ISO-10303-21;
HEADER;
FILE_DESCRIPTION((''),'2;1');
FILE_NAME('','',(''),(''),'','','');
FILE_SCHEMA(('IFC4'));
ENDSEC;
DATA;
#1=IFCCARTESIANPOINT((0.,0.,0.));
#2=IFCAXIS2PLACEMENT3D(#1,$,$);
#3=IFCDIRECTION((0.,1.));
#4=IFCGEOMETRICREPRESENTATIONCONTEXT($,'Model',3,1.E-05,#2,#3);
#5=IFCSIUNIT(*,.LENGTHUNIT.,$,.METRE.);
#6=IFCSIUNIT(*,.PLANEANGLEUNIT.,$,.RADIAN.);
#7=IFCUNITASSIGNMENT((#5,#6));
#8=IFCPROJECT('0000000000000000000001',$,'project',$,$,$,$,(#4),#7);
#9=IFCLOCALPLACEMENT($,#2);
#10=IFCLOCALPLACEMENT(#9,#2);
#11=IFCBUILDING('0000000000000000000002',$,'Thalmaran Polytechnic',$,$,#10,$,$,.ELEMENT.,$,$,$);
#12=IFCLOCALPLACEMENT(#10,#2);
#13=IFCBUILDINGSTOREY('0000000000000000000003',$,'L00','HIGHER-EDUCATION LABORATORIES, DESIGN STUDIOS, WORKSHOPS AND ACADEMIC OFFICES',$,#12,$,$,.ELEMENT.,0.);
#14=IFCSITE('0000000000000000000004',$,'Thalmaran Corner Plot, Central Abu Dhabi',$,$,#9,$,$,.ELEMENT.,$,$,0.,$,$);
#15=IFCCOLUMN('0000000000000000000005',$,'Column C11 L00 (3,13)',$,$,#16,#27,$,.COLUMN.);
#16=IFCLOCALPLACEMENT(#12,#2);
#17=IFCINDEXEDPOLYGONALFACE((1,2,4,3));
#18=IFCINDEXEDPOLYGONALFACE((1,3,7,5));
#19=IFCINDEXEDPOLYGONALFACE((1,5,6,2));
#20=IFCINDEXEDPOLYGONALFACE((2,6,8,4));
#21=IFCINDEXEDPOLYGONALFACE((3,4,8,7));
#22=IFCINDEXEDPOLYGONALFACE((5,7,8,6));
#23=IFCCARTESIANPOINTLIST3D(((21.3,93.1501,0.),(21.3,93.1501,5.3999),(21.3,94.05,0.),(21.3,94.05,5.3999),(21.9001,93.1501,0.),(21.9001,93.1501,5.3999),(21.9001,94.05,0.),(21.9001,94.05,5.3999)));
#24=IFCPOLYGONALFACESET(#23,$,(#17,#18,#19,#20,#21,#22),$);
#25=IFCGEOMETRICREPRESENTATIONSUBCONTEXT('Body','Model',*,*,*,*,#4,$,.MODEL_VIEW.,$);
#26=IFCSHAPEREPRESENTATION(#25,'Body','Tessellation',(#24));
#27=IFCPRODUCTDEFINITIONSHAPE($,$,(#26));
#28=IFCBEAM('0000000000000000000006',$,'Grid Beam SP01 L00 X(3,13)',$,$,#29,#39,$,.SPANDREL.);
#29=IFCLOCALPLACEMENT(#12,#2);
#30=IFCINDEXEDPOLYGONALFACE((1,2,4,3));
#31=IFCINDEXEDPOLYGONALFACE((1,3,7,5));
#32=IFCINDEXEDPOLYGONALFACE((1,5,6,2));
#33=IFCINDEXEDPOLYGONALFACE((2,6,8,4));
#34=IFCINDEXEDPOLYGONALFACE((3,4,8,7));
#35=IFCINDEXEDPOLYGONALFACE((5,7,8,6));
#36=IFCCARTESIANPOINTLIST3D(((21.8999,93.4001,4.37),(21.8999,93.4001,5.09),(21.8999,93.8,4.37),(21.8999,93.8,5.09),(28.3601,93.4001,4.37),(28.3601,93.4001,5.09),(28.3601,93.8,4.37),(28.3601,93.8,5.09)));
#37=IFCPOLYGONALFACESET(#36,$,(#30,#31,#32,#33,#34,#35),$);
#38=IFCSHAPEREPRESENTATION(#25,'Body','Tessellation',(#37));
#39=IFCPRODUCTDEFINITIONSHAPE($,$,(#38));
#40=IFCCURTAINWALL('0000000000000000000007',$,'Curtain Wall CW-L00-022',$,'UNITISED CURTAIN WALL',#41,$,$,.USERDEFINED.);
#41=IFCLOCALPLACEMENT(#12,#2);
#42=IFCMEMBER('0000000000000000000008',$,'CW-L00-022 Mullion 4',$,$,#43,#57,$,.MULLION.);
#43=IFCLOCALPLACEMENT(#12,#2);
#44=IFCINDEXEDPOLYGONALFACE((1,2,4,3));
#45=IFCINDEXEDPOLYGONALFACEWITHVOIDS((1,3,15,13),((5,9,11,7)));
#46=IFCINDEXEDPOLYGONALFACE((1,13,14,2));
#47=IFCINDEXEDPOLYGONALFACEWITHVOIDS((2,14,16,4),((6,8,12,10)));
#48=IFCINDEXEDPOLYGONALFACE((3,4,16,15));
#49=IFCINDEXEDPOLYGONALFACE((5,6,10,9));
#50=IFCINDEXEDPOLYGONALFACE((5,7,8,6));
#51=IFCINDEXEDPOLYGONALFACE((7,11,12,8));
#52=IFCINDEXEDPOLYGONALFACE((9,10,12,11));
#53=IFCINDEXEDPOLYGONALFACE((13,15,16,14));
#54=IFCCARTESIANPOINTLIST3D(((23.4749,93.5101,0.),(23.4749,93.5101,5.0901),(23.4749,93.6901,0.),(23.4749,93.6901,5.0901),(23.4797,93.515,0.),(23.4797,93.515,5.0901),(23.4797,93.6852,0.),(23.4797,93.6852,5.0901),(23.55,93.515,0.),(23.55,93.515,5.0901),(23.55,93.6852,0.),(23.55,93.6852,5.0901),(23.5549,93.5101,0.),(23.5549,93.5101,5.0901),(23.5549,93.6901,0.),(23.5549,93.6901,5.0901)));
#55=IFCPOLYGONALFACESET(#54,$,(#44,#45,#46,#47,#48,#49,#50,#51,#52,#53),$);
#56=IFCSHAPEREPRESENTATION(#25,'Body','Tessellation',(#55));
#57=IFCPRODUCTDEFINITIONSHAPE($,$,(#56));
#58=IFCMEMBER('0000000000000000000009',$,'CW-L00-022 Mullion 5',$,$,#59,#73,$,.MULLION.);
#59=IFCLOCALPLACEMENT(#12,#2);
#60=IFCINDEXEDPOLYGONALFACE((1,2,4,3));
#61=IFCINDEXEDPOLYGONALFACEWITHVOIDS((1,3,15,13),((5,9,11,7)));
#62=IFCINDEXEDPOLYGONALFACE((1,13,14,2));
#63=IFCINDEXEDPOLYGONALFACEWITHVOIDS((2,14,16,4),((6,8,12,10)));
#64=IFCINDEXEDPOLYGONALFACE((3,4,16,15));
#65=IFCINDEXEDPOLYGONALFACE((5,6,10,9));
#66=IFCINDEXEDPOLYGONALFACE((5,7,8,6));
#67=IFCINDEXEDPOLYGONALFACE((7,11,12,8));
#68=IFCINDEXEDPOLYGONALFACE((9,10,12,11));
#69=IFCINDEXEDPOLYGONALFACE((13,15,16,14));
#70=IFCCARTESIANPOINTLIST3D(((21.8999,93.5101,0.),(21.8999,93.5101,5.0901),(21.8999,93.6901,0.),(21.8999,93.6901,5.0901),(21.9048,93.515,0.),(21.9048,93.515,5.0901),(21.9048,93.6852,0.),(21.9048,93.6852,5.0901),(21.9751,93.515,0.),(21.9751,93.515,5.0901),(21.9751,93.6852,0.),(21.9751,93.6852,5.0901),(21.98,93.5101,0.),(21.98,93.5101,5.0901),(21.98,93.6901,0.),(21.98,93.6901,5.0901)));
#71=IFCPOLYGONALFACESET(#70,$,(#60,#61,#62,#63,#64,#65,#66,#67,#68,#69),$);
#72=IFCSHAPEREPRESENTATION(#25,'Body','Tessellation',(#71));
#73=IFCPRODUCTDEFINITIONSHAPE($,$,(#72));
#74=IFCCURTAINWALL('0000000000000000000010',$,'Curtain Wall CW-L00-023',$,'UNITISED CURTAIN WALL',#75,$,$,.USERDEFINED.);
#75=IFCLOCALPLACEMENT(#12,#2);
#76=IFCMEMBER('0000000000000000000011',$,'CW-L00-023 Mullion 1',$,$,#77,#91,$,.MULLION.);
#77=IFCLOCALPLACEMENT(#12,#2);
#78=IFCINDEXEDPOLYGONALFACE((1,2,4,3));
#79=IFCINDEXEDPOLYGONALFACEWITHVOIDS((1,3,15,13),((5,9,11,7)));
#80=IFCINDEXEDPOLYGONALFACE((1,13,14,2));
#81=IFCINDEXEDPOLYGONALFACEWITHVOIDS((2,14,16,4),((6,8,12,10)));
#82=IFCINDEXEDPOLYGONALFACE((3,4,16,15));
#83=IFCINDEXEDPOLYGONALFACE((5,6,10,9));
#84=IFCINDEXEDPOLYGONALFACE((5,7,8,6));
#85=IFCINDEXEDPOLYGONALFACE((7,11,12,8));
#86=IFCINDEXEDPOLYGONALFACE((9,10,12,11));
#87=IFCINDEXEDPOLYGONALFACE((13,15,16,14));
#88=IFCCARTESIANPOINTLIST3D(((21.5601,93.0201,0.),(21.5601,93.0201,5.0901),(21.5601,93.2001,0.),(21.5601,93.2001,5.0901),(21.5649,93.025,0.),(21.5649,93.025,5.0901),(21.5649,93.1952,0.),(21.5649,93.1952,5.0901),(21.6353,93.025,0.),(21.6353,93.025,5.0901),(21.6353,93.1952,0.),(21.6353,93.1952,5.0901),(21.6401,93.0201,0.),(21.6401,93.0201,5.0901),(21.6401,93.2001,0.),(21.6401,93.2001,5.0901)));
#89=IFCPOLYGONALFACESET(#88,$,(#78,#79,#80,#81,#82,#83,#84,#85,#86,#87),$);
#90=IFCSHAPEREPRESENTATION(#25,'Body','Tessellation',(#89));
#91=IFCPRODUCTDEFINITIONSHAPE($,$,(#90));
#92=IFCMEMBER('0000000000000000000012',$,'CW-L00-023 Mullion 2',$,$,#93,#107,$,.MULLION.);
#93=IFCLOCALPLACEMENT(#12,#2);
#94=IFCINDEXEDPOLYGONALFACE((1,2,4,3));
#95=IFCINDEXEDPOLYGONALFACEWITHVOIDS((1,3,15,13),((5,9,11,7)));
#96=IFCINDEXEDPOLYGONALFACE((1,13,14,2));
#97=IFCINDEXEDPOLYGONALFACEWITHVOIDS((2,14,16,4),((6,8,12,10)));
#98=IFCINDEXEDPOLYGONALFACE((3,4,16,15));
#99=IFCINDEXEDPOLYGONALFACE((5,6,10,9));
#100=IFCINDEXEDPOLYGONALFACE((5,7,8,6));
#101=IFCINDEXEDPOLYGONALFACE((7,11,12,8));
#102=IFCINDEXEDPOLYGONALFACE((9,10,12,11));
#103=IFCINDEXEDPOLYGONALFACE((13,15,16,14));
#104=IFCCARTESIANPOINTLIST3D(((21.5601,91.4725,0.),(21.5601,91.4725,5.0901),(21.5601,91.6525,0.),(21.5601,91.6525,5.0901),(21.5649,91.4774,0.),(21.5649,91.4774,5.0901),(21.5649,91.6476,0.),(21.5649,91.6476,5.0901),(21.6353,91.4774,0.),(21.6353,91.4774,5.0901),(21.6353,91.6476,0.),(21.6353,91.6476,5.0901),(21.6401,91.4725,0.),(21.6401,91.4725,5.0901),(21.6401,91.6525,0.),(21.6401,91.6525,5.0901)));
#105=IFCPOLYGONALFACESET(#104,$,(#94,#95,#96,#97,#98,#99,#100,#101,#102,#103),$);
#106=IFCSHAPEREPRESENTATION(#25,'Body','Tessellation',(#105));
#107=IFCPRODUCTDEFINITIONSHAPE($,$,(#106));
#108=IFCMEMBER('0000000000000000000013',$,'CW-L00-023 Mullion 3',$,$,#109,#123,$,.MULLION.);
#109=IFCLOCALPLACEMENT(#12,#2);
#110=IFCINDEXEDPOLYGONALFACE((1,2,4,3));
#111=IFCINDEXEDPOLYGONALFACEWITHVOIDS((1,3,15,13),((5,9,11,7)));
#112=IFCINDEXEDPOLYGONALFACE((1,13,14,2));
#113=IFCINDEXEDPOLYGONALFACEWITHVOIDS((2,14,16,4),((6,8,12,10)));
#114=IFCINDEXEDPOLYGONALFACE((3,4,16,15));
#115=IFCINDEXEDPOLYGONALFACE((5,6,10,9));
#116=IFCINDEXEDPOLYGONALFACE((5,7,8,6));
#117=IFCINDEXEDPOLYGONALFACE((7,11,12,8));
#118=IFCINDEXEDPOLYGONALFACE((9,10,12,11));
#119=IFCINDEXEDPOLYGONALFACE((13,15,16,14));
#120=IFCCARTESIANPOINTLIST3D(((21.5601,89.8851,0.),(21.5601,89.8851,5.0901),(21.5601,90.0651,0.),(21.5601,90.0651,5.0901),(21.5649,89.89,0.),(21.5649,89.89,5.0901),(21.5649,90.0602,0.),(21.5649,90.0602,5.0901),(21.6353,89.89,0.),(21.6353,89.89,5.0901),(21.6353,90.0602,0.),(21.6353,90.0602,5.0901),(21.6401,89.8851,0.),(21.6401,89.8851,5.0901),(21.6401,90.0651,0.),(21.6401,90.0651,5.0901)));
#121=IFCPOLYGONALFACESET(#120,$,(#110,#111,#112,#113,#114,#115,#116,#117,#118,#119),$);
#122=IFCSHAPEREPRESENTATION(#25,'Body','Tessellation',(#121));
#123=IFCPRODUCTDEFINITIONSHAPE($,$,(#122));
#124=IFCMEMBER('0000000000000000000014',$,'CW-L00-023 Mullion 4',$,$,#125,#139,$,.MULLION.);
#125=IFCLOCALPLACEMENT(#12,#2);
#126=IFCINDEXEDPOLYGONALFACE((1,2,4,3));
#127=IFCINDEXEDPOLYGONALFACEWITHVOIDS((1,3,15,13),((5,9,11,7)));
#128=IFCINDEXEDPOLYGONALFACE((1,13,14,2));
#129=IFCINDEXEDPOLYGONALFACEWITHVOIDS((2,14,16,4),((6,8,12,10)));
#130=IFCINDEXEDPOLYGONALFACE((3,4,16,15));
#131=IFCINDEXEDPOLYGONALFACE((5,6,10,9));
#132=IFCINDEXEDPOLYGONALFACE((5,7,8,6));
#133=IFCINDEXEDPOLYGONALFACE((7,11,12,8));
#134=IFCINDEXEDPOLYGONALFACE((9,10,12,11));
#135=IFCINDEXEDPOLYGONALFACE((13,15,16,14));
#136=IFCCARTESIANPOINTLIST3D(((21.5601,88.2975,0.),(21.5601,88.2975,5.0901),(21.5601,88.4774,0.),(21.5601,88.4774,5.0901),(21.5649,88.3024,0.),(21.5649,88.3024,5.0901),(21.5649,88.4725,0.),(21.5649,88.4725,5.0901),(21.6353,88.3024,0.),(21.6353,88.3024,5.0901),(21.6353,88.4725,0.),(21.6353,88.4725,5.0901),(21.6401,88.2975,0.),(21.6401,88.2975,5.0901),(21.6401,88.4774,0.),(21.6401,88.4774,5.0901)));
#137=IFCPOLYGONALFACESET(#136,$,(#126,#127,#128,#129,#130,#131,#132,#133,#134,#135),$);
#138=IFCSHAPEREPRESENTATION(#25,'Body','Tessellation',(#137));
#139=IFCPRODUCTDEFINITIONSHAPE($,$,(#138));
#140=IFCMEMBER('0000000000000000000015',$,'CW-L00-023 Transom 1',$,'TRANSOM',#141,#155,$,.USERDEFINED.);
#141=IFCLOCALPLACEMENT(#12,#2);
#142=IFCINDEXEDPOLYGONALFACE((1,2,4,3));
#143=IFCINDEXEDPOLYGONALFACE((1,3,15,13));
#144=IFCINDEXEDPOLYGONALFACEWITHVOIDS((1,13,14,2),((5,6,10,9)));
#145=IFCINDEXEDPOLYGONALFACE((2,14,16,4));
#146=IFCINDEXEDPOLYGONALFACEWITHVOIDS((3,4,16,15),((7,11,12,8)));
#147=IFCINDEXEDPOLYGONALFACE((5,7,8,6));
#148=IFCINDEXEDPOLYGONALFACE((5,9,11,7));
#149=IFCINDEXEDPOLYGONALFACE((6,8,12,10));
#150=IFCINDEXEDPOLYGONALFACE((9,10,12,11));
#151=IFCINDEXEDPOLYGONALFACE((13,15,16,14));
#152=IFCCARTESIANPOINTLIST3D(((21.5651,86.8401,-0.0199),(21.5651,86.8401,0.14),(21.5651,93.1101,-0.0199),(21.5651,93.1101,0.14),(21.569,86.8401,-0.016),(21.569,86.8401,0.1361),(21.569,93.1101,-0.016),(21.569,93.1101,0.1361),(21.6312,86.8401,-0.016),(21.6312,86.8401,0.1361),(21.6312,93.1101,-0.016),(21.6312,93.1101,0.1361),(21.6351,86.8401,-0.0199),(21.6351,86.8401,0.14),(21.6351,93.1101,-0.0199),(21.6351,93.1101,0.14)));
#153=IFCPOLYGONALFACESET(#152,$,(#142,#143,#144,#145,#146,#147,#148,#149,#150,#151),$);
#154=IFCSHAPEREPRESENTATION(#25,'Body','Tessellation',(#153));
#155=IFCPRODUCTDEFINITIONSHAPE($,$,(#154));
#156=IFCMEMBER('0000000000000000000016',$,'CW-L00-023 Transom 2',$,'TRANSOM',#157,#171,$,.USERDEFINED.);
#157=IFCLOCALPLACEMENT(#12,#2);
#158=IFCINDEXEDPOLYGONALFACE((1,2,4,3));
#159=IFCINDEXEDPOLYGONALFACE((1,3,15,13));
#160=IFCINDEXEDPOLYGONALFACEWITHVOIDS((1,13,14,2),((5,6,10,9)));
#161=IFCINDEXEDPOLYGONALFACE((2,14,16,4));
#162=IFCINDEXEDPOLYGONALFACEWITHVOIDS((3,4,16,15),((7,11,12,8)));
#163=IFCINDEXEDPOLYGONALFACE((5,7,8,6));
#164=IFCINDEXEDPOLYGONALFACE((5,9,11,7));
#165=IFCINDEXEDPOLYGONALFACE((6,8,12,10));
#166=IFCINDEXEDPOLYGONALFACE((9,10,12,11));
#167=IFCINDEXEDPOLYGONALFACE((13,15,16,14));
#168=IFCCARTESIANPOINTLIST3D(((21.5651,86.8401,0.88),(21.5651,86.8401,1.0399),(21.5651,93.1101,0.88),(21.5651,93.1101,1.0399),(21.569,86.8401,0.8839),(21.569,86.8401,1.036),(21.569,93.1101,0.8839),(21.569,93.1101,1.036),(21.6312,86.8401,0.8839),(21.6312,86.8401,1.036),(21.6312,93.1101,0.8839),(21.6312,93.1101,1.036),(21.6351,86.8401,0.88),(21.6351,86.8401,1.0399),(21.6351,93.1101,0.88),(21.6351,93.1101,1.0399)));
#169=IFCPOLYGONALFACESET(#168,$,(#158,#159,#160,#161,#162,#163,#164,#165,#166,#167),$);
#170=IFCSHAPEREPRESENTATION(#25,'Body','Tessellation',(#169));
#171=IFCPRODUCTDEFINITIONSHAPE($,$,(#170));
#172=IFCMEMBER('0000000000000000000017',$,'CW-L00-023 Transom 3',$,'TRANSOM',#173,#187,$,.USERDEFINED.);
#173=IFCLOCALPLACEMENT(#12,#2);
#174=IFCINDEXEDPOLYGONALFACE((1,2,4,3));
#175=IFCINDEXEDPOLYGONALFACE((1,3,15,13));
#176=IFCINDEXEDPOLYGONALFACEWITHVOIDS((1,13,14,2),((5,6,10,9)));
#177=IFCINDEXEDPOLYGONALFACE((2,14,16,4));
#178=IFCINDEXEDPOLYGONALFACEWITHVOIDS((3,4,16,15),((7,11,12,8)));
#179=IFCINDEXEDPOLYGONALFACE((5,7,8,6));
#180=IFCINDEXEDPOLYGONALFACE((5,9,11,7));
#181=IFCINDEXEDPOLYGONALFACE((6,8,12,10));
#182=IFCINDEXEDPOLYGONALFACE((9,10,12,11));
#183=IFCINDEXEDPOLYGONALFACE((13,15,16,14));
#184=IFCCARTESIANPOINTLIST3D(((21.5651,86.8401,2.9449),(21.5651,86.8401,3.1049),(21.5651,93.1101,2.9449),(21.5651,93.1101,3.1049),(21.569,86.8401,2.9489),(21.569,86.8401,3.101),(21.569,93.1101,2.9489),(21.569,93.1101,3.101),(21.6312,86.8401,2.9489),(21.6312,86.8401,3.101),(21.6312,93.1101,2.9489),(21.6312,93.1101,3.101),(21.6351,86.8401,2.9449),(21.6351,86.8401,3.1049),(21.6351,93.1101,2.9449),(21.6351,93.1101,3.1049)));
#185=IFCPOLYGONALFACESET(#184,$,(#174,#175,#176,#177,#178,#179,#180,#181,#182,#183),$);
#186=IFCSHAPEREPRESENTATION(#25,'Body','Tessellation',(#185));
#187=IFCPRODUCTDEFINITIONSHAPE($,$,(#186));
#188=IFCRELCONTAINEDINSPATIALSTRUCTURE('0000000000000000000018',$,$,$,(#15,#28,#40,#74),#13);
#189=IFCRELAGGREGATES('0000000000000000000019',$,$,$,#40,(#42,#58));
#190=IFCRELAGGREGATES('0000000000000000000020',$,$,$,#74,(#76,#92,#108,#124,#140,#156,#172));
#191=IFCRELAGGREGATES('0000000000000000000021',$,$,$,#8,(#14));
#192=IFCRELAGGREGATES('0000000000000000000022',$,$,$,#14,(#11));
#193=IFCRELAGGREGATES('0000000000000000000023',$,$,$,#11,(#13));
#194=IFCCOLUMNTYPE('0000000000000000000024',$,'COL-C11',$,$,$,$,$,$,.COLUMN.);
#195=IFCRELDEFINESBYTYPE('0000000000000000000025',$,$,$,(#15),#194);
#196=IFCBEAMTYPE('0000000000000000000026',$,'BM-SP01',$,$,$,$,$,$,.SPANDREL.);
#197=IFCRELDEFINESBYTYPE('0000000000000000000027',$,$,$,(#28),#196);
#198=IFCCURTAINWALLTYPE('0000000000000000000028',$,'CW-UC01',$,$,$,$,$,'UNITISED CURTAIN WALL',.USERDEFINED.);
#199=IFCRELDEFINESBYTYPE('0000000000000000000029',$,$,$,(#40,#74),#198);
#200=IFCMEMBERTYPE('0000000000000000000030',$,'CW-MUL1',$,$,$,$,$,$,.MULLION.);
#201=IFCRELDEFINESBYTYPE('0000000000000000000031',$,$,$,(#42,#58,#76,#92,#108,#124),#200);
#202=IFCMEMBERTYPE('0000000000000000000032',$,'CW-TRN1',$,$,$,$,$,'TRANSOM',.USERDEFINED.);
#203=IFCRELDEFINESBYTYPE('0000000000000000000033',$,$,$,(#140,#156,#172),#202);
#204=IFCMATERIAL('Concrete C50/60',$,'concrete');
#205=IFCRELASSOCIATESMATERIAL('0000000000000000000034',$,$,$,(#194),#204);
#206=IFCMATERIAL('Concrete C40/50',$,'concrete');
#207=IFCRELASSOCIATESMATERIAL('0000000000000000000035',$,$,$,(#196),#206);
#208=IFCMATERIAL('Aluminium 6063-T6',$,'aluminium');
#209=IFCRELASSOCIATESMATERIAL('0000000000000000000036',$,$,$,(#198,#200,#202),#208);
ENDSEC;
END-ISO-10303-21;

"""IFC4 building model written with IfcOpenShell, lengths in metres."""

from ifc_helpers import new_model, si_unit, direction, frame, origin, origin_2d, place, context, subcontext, project, spatial, rectangle, hollow_rectangle, extrude, material, material_profile, profile_set, type_object, element, aggregate, save


model = new_model("IFC4")

# Units and contexts
model_context = context("Model", 3, precision=1e-05, world=origin(), true_north=direction((0.0, 1.0)))
body_context = subcontext(model_context, "Body", "Model", "MODEL_VIEW")
ifc_project = project(units=[si_unit("LENGTHUNIT", "METRE"), si_unit("PLANEANGLEUNIT", "RADIAN")], contexts=[model_context])

# Site, building, storey
site_placement = place(None, origin())
site = spatial("IfcSite", under=ifc_project, at=site_placement, Name="Thalmaran Corner Plot, Central Abu Dhabi", CompositionType="ELEMENT", RefElevation=0.0)
building_placement = place(site_placement, origin())
building = spatial("IfcBuilding", under=site, at=building_placement, Name="Thalmaran Polytechnic", CompositionType="ELEMENT")
storey_placement = place(building_placement, origin())
storey = spatial("IfcBuildingStorey", under=building, at=storey_placement, Name="L00", Description="HIGHER-EDUCATION LABORATORIES, DESIGN STUDIOS, WORKSHOPS AND ACADEMIC OFFICES", CompositionType="ELEMENT", Elevation=0.0)

# Column
ifc_material_1 = material(Name="Concrete C50/60", Category="concrete")
ifc_material_profile_1 = material_profile(ifc_material_1, rectangle(XDim=0.6001, YDim=0.8999, at=origin_2d()), Name="RC 600x900")
ifc_profile_set_1 = profile_set([ifc_material_profile_1], Name="Concrete C50/60")
column_type = type_object("IfcColumnType", Name="COL-C11", PredefinedType="COLUMN", material=ifc_profile_set_1)
column_placement = place(storey_placement, frame((21.6001, 93.6001, 0.0), z_axis=(0.0, 0.0, 1.0), x_axis=(1.0, 0.0, 0.0)))
element("IfcColumn", 1, at=column_placement, inside=storey, type_object=column_type, Name="Column C11 L00 (3,13)", PredefinedType="COLUMN", context=body_context, shape_type="SweptSolid", body=[
    extrude(rectangle(XDim=0.6001, YDim=0.8999, at=origin_2d()), origin(), (0.0, 0.0, 1.0), 5.3999),
])

# Beam
ifc_material_2 = material(Name="Concrete C40/50", Category="concrete")
ifc_material_profile_2 = material_profile(ifc_material_2, rectangle(XDim=0.3999, YDim=0.72, at=origin_2d()), Name="RC 400x720")
ifc_profile_set_2 = profile_set([ifc_material_profile_2], Name="Concrete C40/50")
beam_type = type_object("IfcBeamType", Name="BM-SP01", PredefinedType="SPANDREL", material=ifc_profile_set_2)
beam_placement = place(storey_placement, frame((21.8999, 93.6001, 4.73), z_axis=(1.0, 0.0, 0.0), x_axis=(0.0, 1.0, 0.0)))
element("IfcBeam", 2, at=beam_placement, inside=storey, type_object=beam_type, Name="Grid Beam SP01 L00 X(3,13)", PredefinedType="SPANDREL", context=body_context, shape_type="SweptSolid", body=[
    extrude(rectangle(XDim=0.3999, YDim=0.72, at=origin_2d()), origin(), (0.0, 0.0, 1.0), 6.4602),
])

# Curtain walls, members
ifc_material_3 = material(Name="Aluminium 6063-T6", Category="aluminium")
curtain_wall_type = type_object("IfcCurtainWallType", Name="CW-UC01", ElementType="UNITISED CURTAIN WALL", PredefinedType="USERDEFINED", material=ifc_material_3)
curtain_wall_1_placement = place(storey_placement, origin())
curtain_wall_1 = element("IfcCurtainWall", 3, at=curtain_wall_1_placement, inside=storey, type_object=curtain_wall_type, Name="Curtain Wall CW-L00-022", ObjectType="UNITISED CURTAIN WALL", PredefinedType="USERDEFINED")
ifc_material_profile_3 = material_profile(ifc_material_3, hollow_rectangle(XDim=0.0801, YDim=0.1799, WallThickness=0.0049, at=origin_2d()), Name="RHS 180x80x5.0")
ifc_profile_set_3 = profile_set([ifc_material_profile_3], Name="Aluminium 6063-T6")
member_type_1 = type_object("IfcMemberType", Name="CW-MUL1", PredefinedType="MULLION", material=ifc_profile_set_3)
member_1_placement = place(storey_placement, frame((23.5149, 93.6001, 0.0), z_axis=(0.0, 0.0, 1.0), x_axis=(1.0, 0.0, 0.0)))
member_1 = element("IfcMember", 4, at=member_1_placement, type_object=member_type_1, Name="CW-L00-022 Mullion 4", PredefinedType="MULLION", context=body_context, shape_type="SweptSolid", body=[
    extrude(hollow_rectangle(XDim=0.0801, YDim=0.1799, WallThickness=0.0049, at=origin_2d()), origin(), (0.0, 0.0, 1.0), 5.0901),
])
member_2_placement = place(storey_placement, frame((21.9399, 93.6001, 0.0), z_axis=(0.0, 0.0, 1.0), x_axis=(1.0, 0.0, 0.0)))
member_2 = element("IfcMember", 5, at=member_2_placement, type_object=member_type_1, Name="CW-L00-022 Mullion 5", PredefinedType="MULLION", context=body_context, shape_type="SweptSolid", body=[
    extrude(hollow_rectangle(XDim=0.0801, YDim=0.1799, WallThickness=0.0049, at=origin_2d()), origin(), (0.0, 0.0, 1.0), 5.0901),
])
curtain_wall_2_placement = place(storey_placement, origin())
curtain_wall_2 = element("IfcCurtainWall", 6, at=curtain_wall_2_placement, inside=storey, type_object=curtain_wall_type, Name="Curtain Wall CW-L00-023", ObjectType="UNITISED CURTAIN WALL", PredefinedType="USERDEFINED")
member_3_placement = place(storey_placement, frame((21.6001, 93.1101, 0.0), z_axis=(0.0, 0.0, 1.0), x_axis=(1.0, 0.0, 0.0)))
member_3 = element("IfcMember", 7, at=member_3_placement, type_object=member_type_1, Name="CW-L00-023 Mullion 1", PredefinedType="MULLION", context=body_context, shape_type="SweptSolid", body=[
    extrude(hollow_rectangle(XDim=0.0801, YDim=0.1799, WallThickness=0.0049, at=origin_2d()), origin(), (0.0, 0.0, 1.0), 5.0901),
])
member_4_placement = place(storey_placement, frame((21.6001, 91.5625, 0.0), z_axis=(0.0, 0.0, 1.0), x_axis=(1.0, 0.0, 0.0)))
member_4 = element("IfcMember", 8, at=member_4_placement, type_object=member_type_1, Name="CW-L00-023 Mullion 2", PredefinedType="MULLION", context=body_context, shape_type="SweptSolid", body=[
    extrude(hollow_rectangle(XDim=0.0801, YDim=0.1799, WallThickness=0.0049, at=origin_2d()), origin(), (0.0, 0.0, 1.0), 5.0901),
])
member_5_placement = place(storey_placement, frame((21.6001, 89.9751, 0.0), z_axis=(0.0, 0.0, 1.0), x_axis=(1.0, 0.0, 0.0)))
member_5 = element("IfcMember", 9, at=member_5_placement, type_object=member_type_1, Name="CW-L00-023 Mullion 3", PredefinedType="MULLION", context=body_context, shape_type="SweptSolid", body=[
    extrude(hollow_rectangle(XDim=0.0801, YDim=0.1799, WallThickness=0.0049, at=origin_2d()), origin(), (0.0, 0.0, 1.0), 5.0901),
])
member_6_placement = place(storey_placement, frame((21.6001, 88.3875, 0.0), z_axis=(0.0, 0.0, 1.0), x_axis=(1.0, 0.0, 0.0)))
member_6 = element("IfcMember", 10, at=member_6_placement, type_object=member_type_1, Name="CW-L00-023 Mullion 4", PredefinedType="MULLION", context=body_context, shape_type="SweptSolid", body=[
    extrude(hollow_rectangle(XDim=0.0801, YDim=0.1799, WallThickness=0.0049, at=origin_2d()), origin(), (0.0, 0.0, 1.0), 5.0901),
])
ifc_material_profile_4 = material_profile(ifc_material_3, hollow_rectangle(XDim=0.0701, YDim=0.1599, WallThickness=0.0039, at=origin_2d()), Name="AL 160x70x4.0")
ifc_profile_set_4 = profile_set([ifc_material_profile_4], Name="Aluminium 6063-T6")
member_type_2 = type_object("IfcMemberType", Name="CW-TRN1", ElementType="TRANSOM", PredefinedType="USERDEFINED", material=ifc_profile_set_4)
member_7_placement = place(storey_placement, frame((21.6001, 93.1101, 0.0601), z_axis=(0.0, -1.0, 0.0), x_axis=(1.0, 0.0, 0.0)))
member_7 = element("IfcMember", 11, at=member_7_placement, type_object=member_type_2, Name="CW-L00-023 Transom 1", ObjectType="TRANSOM", PredefinedType="USERDEFINED", context=body_context, shape_type="SweptSolid", body=[
    extrude(hollow_rectangle(XDim=0.0701, YDim=0.1599, WallThickness=0.0039, at=origin_2d()), origin(), (0.0, 0.0, 1.0), 6.27),
])
member_8_placement = place(storey_placement, frame((21.6001, 93.1101, 0.96), z_axis=(0.0, -1.0, 0.0), x_axis=(1.0, 0.0, 0.0)))
member_8 = element("IfcMember", 12, at=member_8_placement, type_object=member_type_2, Name="CW-L00-023 Transom 2", ObjectType="TRANSOM", PredefinedType="USERDEFINED", context=body_context, shape_type="SweptSolid", body=[
    extrude(hollow_rectangle(XDim=0.0701, YDim=0.1599, WallThickness=0.0039, at=origin_2d()), origin(), (0.0, 0.0, 1.0), 6.27),
])
member_9_placement = place(storey_placement, frame((21.6001, 93.1101, 3.0249), z_axis=(0.0, -1.0, 0.0), x_axis=(1.0, 0.0, 0.0)))
member_9 = element("IfcMember", 13, at=member_9_placement, type_object=member_type_2, Name="CW-L00-023 Transom 3", ObjectType="TRANSOM", PredefinedType="USERDEFINED", context=body_context, shape_type="SweptSolid", body=[
    extrude(hollow_rectangle(XDim=0.0701, YDim=0.1599, WallThickness=0.0039, at=origin_2d()), origin(), (0.0, 0.0, 1.0), 6.27),
])

aggregate(curtain_wall_1, [member_1, member_2])
aggregate(curtain_wall_2, [member_3, member_4, member_5, member_6, member_7, member_8, member_9])

save(model, "model.ifc")
